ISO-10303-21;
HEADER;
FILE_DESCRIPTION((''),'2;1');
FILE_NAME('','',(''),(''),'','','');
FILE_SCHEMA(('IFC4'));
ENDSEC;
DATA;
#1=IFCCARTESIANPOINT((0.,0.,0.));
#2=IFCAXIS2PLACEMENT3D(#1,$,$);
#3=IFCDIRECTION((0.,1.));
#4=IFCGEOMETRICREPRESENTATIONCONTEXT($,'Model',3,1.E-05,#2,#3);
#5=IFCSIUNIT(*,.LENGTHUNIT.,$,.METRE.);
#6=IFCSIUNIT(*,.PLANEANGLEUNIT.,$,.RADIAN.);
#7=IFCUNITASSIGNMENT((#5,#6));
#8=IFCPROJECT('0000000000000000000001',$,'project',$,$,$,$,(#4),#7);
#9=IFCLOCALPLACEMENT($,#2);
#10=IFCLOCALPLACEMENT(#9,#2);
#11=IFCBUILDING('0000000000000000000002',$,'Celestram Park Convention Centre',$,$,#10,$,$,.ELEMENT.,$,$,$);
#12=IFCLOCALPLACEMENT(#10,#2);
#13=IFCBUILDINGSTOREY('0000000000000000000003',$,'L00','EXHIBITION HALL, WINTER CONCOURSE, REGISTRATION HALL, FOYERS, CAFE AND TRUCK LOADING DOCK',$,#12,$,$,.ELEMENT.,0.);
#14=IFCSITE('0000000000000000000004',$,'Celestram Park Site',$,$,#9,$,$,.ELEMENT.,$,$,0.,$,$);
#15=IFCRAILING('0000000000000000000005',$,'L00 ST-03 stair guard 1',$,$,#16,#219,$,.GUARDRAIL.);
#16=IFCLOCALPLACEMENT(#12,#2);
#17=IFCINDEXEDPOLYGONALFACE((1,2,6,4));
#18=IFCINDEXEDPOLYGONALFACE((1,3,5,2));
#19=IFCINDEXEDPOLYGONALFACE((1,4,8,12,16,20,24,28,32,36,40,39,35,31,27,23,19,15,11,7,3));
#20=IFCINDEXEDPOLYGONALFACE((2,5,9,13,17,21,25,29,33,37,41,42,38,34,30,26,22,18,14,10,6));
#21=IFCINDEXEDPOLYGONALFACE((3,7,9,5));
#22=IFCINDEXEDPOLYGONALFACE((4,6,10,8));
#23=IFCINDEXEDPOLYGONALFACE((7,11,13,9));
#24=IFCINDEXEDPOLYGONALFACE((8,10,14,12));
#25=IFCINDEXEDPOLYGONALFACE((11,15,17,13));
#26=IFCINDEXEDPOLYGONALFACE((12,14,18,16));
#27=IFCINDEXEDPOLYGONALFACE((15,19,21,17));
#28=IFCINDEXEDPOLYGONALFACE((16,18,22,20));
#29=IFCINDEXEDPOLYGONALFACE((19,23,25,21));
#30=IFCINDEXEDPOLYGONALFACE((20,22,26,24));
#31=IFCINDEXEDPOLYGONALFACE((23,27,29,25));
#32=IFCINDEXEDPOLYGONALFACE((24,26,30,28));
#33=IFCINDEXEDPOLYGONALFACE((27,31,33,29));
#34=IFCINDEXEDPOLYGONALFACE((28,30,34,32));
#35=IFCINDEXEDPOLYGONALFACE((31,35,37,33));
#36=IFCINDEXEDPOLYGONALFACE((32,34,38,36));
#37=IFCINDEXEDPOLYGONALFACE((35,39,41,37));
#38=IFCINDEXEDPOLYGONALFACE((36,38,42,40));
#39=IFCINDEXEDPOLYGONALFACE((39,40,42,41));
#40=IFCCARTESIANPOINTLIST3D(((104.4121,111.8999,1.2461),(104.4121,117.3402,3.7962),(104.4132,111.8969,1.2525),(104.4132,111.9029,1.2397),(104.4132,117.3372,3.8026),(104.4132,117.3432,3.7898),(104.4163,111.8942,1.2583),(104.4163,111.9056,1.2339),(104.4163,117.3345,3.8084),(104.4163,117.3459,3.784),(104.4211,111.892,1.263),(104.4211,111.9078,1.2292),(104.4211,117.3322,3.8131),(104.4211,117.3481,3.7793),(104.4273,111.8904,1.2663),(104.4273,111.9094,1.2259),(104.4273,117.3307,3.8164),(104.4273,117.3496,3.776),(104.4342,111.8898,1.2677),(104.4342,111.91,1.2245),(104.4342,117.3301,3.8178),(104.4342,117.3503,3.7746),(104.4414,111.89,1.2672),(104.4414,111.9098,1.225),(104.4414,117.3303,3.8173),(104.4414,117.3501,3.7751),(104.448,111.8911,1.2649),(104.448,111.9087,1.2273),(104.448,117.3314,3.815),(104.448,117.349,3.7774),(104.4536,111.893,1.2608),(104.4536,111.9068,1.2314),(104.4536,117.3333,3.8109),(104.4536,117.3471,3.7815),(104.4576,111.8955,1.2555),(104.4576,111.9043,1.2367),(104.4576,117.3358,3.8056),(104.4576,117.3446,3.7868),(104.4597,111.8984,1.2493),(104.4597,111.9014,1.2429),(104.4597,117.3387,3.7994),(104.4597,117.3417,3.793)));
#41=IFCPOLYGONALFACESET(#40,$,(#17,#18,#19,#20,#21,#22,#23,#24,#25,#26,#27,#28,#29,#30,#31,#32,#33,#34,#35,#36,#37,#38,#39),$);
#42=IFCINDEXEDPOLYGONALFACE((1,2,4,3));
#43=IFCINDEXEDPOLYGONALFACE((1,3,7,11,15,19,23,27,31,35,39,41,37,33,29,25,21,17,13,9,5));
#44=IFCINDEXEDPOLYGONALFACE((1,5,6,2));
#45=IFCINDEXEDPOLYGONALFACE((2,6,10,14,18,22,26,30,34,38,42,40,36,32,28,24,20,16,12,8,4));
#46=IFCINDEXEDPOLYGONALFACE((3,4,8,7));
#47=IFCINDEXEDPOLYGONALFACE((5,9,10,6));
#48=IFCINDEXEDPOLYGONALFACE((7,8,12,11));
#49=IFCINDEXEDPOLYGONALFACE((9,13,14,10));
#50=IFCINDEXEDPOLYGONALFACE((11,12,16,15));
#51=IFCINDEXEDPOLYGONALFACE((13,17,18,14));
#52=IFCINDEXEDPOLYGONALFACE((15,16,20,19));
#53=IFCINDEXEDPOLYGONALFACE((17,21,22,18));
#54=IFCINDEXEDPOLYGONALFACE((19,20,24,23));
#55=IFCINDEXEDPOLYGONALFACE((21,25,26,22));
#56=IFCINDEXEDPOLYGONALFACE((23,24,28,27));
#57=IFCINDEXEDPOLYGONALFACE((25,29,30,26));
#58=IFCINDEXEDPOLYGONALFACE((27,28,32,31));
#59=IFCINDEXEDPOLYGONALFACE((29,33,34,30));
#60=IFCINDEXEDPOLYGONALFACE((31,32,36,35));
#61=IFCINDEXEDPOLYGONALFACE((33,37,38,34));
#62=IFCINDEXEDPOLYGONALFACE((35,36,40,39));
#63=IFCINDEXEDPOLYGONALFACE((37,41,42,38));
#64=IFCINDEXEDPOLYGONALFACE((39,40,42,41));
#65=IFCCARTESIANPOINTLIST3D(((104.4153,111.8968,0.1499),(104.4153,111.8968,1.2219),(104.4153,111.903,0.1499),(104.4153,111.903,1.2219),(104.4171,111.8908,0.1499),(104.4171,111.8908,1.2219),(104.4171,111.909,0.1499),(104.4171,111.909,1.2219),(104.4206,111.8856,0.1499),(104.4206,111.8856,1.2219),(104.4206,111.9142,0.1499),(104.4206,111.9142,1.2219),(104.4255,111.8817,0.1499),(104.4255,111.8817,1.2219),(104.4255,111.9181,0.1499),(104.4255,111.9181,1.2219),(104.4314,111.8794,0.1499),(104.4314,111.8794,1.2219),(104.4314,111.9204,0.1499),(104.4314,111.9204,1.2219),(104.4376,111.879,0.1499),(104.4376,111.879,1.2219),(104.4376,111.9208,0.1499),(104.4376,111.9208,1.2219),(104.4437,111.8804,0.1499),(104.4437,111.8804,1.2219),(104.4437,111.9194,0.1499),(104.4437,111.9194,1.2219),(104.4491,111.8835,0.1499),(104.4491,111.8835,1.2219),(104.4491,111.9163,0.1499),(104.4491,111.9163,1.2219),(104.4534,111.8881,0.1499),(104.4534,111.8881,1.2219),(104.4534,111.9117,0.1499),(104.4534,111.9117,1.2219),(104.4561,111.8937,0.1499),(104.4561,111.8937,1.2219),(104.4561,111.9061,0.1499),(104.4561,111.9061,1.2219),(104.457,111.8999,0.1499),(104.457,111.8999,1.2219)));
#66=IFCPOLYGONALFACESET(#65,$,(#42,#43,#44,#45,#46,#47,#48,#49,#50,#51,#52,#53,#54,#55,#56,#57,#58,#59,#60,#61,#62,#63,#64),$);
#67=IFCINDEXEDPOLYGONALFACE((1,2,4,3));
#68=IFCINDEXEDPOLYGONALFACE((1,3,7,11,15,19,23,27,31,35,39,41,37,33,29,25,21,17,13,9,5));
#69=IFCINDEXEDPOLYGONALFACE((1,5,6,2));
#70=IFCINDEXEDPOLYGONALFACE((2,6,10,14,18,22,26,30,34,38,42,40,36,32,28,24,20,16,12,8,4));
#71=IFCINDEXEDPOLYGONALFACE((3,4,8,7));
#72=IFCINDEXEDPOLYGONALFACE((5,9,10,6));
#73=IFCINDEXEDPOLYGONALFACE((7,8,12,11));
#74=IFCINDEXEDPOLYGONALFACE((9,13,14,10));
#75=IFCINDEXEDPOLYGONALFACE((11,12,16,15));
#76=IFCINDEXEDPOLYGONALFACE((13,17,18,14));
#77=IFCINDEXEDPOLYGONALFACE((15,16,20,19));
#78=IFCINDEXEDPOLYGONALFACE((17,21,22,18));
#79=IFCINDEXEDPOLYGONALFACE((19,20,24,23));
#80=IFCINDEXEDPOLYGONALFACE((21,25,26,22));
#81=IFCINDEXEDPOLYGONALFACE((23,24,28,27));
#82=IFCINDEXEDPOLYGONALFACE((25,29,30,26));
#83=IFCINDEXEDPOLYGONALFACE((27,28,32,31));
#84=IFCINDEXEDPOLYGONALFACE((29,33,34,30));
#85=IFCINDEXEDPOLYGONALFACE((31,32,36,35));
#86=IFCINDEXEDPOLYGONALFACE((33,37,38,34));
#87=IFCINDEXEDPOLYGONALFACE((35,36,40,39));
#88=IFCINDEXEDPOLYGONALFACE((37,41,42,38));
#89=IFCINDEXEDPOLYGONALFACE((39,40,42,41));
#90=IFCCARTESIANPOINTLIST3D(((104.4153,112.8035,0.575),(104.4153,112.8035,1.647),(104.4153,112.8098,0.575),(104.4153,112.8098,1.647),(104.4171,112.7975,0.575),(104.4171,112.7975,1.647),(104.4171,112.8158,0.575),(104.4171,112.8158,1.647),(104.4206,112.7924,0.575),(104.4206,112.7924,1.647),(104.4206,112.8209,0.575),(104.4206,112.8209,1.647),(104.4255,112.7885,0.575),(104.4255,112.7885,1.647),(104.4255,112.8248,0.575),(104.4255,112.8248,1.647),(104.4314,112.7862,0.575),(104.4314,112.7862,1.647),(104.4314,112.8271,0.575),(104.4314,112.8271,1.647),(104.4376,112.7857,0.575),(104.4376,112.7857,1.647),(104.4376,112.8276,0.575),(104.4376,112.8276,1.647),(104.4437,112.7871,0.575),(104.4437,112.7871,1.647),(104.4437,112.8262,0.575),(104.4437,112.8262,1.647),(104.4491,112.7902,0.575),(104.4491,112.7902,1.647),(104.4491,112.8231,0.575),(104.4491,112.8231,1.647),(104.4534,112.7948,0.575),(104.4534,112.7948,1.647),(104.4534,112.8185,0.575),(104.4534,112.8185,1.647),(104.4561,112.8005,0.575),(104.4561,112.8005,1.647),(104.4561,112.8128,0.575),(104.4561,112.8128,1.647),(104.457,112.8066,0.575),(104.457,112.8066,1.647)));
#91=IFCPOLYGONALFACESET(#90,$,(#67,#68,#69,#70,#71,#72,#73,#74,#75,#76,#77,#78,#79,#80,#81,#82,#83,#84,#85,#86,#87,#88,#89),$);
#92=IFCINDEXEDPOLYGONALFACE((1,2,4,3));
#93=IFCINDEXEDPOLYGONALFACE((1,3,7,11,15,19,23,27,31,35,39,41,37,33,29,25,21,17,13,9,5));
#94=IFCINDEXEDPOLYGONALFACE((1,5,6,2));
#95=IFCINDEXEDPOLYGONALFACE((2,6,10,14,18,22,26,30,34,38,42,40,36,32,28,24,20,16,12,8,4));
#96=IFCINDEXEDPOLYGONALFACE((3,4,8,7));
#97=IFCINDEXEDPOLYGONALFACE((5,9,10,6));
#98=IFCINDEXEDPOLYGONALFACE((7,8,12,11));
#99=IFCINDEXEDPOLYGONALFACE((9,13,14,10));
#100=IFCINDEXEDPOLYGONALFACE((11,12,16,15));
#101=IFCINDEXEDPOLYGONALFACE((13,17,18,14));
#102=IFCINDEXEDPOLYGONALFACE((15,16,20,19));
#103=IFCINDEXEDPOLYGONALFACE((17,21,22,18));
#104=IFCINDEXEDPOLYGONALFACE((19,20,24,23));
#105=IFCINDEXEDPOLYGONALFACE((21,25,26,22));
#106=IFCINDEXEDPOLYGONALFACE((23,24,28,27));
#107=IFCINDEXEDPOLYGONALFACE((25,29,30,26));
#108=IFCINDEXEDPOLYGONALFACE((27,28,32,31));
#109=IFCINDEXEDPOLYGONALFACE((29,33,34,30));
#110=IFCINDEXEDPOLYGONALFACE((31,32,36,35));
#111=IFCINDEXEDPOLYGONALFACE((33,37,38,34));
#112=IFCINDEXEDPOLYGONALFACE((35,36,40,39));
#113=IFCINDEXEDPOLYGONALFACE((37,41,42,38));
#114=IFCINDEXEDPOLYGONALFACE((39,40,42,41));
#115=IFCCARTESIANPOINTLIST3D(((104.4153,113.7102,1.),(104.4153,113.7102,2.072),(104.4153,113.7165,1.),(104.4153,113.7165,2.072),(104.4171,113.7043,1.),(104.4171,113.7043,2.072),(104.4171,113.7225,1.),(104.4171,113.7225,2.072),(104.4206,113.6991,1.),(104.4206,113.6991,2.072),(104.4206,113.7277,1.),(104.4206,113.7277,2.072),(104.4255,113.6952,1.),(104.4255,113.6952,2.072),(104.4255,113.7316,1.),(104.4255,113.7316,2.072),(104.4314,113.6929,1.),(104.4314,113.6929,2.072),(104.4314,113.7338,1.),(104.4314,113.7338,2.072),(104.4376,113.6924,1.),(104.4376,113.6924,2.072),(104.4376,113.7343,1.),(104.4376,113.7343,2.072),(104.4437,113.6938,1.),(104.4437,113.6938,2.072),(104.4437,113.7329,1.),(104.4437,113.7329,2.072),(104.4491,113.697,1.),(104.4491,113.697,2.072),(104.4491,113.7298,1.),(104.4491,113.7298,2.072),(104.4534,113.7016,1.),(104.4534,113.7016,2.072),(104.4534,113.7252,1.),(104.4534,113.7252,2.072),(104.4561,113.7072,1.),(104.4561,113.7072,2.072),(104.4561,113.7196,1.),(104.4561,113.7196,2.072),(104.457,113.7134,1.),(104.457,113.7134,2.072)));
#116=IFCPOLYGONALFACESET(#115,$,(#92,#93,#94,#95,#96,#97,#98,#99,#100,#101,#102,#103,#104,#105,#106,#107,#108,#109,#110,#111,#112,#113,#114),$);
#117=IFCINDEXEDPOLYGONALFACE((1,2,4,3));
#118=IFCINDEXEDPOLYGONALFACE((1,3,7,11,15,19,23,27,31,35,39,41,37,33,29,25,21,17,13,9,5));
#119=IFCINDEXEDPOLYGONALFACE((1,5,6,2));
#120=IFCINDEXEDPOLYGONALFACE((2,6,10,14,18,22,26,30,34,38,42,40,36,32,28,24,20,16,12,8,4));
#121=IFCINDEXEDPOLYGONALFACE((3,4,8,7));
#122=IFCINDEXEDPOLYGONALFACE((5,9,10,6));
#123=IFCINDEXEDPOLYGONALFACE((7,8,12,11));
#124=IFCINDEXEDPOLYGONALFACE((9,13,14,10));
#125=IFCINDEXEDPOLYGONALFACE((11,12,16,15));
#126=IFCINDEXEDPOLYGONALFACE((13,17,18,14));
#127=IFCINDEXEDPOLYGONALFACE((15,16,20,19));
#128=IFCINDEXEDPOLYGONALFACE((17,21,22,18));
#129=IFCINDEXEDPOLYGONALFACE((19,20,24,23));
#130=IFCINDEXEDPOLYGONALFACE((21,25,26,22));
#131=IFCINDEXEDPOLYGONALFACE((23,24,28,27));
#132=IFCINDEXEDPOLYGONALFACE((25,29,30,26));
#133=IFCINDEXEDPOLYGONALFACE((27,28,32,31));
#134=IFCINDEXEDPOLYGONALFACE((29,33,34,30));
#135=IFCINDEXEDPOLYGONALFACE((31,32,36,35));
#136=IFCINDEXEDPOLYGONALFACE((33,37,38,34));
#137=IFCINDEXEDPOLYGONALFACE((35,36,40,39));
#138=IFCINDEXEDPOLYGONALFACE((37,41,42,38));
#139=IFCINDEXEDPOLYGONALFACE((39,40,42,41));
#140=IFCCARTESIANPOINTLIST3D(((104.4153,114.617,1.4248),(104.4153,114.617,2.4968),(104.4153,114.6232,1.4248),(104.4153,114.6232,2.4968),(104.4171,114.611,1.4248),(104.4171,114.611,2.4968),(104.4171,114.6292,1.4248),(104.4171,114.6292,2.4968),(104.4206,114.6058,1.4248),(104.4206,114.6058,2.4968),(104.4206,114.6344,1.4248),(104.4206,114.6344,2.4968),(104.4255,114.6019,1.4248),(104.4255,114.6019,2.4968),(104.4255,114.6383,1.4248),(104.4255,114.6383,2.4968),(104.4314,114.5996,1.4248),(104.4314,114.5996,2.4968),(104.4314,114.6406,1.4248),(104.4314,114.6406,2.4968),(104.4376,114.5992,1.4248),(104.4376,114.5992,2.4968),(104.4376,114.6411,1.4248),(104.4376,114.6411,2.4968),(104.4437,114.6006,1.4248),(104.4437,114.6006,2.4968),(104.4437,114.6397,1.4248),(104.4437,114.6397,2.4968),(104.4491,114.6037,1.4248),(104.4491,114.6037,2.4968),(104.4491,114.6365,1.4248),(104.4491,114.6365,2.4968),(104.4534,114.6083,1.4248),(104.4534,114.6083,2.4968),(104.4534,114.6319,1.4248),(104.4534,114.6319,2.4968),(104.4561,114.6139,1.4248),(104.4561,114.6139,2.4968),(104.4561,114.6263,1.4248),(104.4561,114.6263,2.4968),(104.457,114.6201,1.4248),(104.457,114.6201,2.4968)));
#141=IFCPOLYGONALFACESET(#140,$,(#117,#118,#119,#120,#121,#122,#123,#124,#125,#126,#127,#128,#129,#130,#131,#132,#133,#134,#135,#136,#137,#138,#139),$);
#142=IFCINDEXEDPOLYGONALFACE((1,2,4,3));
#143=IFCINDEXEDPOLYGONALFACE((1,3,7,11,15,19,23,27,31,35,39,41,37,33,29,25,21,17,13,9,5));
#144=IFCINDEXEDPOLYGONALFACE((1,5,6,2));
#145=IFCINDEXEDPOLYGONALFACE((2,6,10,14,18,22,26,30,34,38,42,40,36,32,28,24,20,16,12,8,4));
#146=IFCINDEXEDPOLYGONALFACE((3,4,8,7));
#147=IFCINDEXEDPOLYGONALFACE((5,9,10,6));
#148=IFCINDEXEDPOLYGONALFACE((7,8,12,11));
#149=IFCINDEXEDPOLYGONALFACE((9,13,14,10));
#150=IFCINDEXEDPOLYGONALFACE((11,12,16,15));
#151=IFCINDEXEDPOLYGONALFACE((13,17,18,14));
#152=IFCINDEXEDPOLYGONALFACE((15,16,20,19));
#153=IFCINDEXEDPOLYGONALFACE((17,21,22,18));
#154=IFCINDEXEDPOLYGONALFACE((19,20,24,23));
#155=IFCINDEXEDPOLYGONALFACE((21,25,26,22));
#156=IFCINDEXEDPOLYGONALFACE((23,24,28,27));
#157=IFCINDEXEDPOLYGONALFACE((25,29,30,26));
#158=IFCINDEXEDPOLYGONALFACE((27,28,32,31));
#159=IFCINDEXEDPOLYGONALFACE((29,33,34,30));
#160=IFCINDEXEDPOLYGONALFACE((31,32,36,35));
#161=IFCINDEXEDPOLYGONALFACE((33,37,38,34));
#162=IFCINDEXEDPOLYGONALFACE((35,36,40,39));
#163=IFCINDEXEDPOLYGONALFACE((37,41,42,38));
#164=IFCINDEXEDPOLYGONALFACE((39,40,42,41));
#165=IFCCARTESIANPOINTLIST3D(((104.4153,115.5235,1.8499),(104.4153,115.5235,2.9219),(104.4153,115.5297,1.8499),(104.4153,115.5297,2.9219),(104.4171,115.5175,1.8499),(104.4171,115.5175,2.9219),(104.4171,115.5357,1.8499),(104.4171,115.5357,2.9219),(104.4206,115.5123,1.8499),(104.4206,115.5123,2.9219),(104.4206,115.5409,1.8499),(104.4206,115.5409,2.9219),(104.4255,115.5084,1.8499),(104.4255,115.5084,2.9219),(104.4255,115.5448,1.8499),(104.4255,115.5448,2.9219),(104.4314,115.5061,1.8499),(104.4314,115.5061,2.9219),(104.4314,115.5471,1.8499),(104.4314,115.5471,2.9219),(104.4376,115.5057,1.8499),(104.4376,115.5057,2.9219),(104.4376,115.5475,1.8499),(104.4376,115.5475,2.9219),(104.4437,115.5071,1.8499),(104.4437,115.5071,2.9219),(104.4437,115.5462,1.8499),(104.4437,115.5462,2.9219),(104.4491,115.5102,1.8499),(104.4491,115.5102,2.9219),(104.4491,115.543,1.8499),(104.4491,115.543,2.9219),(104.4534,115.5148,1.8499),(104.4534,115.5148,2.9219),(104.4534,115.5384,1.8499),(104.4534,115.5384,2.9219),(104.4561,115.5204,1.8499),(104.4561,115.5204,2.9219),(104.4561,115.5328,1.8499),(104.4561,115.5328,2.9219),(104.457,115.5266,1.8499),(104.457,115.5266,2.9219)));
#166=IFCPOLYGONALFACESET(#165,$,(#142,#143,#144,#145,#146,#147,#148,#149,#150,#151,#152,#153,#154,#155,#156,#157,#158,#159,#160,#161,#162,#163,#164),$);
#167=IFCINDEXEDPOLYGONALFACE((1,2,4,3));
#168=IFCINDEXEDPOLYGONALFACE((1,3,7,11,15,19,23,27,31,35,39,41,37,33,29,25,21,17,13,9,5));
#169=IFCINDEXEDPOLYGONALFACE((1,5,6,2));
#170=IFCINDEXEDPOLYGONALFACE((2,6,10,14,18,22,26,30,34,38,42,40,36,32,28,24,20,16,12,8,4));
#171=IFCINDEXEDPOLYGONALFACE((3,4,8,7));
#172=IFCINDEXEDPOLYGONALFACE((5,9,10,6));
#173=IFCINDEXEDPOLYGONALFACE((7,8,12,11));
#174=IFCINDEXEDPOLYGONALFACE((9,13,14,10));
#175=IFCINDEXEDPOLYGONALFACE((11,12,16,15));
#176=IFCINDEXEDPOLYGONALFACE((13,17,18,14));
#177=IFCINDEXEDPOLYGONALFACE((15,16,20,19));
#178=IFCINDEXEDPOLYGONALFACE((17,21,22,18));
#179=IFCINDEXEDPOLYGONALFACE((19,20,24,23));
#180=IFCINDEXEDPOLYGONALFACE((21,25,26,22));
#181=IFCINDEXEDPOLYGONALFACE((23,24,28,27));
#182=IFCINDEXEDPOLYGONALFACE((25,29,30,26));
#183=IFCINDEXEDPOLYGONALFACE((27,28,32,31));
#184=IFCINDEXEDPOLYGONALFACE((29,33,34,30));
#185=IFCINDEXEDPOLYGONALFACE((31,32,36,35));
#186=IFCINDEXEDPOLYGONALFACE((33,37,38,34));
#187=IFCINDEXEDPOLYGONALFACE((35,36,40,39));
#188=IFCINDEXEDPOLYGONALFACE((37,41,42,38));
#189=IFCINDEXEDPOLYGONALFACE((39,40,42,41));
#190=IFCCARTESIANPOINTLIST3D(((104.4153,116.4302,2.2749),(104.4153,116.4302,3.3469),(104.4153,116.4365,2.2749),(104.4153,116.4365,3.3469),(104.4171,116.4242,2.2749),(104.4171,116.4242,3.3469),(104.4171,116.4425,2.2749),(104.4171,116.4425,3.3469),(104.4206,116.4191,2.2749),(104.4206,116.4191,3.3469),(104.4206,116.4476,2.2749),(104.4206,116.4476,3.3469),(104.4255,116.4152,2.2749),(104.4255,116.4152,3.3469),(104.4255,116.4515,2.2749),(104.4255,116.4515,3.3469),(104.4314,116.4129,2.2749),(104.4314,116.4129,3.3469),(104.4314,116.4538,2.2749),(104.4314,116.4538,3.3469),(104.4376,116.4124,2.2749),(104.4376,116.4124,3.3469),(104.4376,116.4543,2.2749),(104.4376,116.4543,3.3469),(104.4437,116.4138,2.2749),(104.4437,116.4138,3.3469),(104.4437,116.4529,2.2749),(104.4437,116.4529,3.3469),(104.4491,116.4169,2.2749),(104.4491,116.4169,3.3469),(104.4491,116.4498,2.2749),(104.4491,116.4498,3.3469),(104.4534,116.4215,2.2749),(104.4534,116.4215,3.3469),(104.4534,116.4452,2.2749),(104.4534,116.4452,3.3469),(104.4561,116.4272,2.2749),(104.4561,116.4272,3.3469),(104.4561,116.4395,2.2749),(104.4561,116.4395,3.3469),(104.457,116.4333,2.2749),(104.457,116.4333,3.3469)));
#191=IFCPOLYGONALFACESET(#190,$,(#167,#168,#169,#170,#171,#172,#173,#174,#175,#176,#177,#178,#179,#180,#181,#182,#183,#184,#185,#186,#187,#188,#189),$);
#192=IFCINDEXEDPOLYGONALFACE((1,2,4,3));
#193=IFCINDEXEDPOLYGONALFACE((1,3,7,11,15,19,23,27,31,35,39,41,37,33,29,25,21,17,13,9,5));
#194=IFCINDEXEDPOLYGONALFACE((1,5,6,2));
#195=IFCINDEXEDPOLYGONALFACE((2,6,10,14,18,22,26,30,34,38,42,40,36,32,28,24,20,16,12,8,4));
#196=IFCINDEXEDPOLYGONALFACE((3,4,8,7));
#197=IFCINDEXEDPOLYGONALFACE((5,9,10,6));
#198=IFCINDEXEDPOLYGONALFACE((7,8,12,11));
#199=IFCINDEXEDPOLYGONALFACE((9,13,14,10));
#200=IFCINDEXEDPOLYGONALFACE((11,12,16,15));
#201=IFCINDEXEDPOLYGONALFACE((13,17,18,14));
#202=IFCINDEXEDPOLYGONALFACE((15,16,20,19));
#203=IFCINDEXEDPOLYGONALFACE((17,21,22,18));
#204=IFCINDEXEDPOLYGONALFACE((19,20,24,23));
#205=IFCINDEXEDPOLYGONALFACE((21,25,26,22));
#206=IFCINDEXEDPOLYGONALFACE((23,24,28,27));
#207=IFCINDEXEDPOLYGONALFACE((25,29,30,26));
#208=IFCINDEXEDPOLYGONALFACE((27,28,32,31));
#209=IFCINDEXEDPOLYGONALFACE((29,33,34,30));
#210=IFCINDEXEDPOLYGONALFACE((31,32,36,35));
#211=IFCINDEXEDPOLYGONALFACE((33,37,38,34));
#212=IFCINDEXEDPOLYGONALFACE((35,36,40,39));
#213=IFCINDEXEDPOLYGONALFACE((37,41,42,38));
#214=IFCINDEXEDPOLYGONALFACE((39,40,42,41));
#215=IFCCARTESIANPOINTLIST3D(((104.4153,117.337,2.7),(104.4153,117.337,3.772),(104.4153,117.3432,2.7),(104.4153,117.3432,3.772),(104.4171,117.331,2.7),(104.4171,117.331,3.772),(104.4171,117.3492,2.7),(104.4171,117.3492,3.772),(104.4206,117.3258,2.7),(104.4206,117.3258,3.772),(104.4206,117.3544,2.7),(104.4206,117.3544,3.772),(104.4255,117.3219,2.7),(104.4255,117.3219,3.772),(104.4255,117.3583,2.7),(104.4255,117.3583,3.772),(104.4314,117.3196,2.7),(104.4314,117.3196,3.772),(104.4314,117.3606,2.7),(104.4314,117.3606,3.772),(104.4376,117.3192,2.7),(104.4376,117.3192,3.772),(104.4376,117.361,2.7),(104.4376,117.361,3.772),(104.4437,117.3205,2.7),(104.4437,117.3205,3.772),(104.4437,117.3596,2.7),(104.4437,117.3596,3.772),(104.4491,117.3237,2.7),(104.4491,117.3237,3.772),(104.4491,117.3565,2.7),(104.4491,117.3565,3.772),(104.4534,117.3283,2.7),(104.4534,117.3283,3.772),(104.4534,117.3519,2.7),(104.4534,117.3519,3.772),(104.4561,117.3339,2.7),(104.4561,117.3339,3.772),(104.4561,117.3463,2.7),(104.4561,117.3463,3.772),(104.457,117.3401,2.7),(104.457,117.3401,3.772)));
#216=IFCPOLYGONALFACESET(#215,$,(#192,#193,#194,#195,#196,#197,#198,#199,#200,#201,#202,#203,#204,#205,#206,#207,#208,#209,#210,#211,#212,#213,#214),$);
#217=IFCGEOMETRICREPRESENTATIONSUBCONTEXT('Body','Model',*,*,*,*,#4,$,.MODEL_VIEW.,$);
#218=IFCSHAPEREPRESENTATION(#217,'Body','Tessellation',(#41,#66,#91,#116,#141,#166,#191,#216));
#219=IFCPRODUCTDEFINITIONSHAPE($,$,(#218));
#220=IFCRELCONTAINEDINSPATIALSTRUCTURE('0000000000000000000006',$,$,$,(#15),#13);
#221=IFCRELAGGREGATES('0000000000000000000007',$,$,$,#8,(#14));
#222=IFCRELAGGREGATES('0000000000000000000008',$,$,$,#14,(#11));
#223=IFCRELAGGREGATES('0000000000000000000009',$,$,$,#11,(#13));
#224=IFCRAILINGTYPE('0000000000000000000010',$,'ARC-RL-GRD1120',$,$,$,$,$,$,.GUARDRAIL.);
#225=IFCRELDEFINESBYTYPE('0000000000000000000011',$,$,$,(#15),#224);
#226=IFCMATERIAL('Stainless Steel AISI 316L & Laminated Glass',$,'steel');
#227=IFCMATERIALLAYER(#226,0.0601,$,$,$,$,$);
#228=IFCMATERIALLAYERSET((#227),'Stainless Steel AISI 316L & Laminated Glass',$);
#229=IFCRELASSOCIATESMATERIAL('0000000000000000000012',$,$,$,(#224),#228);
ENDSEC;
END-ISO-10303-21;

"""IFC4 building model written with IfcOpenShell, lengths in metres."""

from ifc_helpers import new_model, si_unit, direction, frame, origin, origin_2d, place, context, subcontext, project, spatial, circle, extrude, material, layer, layer_set, type_object, element, save


model = new_model("IFC4")

# Units and contexts
model_context = context("Model", 3, precision=1e-05, world=origin(), true_north=direction((0.0, 1.0)))
body_context = subcontext(model_context, "Body", "Model", "MODEL_VIEW")
ifc_project = project(units=[si_unit("LENGTHUNIT", "METRE"), si_unit("PLANEANGLEUNIT", "RADIAN")], contexts=[model_context])

# Site, building, storey
site_placement = place(None, origin())
site = spatial("IfcSite", under=ifc_project, at=site_placement, Name="Celestram Park Site", CompositionType="ELEMENT", RefElevation=0.0)
building_placement = place(site_placement, origin())
building = spatial("IfcBuilding", under=site, at=building_placement, Name="Celestram Park Convention Centre", CompositionType="ELEMENT")
storey_placement = place(building_placement, origin())
storey = spatial("IfcBuildingStorey", under=building, at=storey_placement, Name="L00", Description="EXHIBITION HALL, WINTER CONCOURSE, REGISTRATION HALL, FOYERS, CAFE AND TRUCK LOADING DOCK", CompositionType="ELEMENT", Elevation=0.0)

# Railing
ifc_material_1 = material(Name="Stainless Steel AISI 316L & Laminated Glass", Category="steel")
ifc_layer_1 = layer(ifc_material_1, 0.0601)
ifc_layer_set_1 = layer_set([ifc_layer_1], Name="Stainless Steel AISI 316L & Laminated Glass")
railing_type_1 = type_object("IfcRailingType", Name="ARC-RL-GRD1120", PredefinedType="GUARDRAIL", material=ifc_layer_set_1)
railing_1_placement = place(storey_placement, frame((104.436, 111.8999, 0.1499)))
element("IfcRailing", 1, at=railing_1_placement, inside=storey, type_object=railing_type_1, Name="L00 ST-03 stair guard 1", PredefinedType="GUARDRAIL", context=body_context, shape_type="SweptSolid", body=[
    extrude(circle(Radius=0.0239, at=origin_2d()), frame((0.0, 0.0, 1.0962), z_axis=(0.0, 0.905461, 0.424429), x_axis=(-1.0, 0.0, 0.0)), (0.0, 0.0, 1.0), 6.0083),
    extrude(circle(Radius=0.021, at=origin_2d()), origin(), (0.0, 0.0, 1.0), 1.072),
    extrude(circle(Radius=0.021, at=origin_2d()), frame((0.0, 0.9067, 0.425)), (0.0, 0.0, 1.0), 1.072),
    extrude(circle(Radius=0.021, at=origin_2d()), frame((0.0, 1.8135, 0.8501)), (0.0, 0.0, 1.0), 1.072),
    extrude(circle(Radius=0.021, at=origin_2d()), frame((0.0, 2.7202, 1.2749)), (0.0, 0.0, 1.0), 1.072),
    extrude(circle(Radius=0.021, at=origin_2d()), frame((0.0, 3.6267, 1.7)), (0.0, 0.0, 1.0), 1.072),
    extrude(circle(Radius=0.021, at=origin_2d()), frame((0.0, 4.5334, 2.125)), (0.0, 0.0, 1.0), 1.072),
    extrude(circle(Radius=0.021, at=origin_2d()), frame((0.0, 5.4402, 2.55)), (0.0, 0.0, 1.0), 1.072),
])

save(model, "model.ifc")
